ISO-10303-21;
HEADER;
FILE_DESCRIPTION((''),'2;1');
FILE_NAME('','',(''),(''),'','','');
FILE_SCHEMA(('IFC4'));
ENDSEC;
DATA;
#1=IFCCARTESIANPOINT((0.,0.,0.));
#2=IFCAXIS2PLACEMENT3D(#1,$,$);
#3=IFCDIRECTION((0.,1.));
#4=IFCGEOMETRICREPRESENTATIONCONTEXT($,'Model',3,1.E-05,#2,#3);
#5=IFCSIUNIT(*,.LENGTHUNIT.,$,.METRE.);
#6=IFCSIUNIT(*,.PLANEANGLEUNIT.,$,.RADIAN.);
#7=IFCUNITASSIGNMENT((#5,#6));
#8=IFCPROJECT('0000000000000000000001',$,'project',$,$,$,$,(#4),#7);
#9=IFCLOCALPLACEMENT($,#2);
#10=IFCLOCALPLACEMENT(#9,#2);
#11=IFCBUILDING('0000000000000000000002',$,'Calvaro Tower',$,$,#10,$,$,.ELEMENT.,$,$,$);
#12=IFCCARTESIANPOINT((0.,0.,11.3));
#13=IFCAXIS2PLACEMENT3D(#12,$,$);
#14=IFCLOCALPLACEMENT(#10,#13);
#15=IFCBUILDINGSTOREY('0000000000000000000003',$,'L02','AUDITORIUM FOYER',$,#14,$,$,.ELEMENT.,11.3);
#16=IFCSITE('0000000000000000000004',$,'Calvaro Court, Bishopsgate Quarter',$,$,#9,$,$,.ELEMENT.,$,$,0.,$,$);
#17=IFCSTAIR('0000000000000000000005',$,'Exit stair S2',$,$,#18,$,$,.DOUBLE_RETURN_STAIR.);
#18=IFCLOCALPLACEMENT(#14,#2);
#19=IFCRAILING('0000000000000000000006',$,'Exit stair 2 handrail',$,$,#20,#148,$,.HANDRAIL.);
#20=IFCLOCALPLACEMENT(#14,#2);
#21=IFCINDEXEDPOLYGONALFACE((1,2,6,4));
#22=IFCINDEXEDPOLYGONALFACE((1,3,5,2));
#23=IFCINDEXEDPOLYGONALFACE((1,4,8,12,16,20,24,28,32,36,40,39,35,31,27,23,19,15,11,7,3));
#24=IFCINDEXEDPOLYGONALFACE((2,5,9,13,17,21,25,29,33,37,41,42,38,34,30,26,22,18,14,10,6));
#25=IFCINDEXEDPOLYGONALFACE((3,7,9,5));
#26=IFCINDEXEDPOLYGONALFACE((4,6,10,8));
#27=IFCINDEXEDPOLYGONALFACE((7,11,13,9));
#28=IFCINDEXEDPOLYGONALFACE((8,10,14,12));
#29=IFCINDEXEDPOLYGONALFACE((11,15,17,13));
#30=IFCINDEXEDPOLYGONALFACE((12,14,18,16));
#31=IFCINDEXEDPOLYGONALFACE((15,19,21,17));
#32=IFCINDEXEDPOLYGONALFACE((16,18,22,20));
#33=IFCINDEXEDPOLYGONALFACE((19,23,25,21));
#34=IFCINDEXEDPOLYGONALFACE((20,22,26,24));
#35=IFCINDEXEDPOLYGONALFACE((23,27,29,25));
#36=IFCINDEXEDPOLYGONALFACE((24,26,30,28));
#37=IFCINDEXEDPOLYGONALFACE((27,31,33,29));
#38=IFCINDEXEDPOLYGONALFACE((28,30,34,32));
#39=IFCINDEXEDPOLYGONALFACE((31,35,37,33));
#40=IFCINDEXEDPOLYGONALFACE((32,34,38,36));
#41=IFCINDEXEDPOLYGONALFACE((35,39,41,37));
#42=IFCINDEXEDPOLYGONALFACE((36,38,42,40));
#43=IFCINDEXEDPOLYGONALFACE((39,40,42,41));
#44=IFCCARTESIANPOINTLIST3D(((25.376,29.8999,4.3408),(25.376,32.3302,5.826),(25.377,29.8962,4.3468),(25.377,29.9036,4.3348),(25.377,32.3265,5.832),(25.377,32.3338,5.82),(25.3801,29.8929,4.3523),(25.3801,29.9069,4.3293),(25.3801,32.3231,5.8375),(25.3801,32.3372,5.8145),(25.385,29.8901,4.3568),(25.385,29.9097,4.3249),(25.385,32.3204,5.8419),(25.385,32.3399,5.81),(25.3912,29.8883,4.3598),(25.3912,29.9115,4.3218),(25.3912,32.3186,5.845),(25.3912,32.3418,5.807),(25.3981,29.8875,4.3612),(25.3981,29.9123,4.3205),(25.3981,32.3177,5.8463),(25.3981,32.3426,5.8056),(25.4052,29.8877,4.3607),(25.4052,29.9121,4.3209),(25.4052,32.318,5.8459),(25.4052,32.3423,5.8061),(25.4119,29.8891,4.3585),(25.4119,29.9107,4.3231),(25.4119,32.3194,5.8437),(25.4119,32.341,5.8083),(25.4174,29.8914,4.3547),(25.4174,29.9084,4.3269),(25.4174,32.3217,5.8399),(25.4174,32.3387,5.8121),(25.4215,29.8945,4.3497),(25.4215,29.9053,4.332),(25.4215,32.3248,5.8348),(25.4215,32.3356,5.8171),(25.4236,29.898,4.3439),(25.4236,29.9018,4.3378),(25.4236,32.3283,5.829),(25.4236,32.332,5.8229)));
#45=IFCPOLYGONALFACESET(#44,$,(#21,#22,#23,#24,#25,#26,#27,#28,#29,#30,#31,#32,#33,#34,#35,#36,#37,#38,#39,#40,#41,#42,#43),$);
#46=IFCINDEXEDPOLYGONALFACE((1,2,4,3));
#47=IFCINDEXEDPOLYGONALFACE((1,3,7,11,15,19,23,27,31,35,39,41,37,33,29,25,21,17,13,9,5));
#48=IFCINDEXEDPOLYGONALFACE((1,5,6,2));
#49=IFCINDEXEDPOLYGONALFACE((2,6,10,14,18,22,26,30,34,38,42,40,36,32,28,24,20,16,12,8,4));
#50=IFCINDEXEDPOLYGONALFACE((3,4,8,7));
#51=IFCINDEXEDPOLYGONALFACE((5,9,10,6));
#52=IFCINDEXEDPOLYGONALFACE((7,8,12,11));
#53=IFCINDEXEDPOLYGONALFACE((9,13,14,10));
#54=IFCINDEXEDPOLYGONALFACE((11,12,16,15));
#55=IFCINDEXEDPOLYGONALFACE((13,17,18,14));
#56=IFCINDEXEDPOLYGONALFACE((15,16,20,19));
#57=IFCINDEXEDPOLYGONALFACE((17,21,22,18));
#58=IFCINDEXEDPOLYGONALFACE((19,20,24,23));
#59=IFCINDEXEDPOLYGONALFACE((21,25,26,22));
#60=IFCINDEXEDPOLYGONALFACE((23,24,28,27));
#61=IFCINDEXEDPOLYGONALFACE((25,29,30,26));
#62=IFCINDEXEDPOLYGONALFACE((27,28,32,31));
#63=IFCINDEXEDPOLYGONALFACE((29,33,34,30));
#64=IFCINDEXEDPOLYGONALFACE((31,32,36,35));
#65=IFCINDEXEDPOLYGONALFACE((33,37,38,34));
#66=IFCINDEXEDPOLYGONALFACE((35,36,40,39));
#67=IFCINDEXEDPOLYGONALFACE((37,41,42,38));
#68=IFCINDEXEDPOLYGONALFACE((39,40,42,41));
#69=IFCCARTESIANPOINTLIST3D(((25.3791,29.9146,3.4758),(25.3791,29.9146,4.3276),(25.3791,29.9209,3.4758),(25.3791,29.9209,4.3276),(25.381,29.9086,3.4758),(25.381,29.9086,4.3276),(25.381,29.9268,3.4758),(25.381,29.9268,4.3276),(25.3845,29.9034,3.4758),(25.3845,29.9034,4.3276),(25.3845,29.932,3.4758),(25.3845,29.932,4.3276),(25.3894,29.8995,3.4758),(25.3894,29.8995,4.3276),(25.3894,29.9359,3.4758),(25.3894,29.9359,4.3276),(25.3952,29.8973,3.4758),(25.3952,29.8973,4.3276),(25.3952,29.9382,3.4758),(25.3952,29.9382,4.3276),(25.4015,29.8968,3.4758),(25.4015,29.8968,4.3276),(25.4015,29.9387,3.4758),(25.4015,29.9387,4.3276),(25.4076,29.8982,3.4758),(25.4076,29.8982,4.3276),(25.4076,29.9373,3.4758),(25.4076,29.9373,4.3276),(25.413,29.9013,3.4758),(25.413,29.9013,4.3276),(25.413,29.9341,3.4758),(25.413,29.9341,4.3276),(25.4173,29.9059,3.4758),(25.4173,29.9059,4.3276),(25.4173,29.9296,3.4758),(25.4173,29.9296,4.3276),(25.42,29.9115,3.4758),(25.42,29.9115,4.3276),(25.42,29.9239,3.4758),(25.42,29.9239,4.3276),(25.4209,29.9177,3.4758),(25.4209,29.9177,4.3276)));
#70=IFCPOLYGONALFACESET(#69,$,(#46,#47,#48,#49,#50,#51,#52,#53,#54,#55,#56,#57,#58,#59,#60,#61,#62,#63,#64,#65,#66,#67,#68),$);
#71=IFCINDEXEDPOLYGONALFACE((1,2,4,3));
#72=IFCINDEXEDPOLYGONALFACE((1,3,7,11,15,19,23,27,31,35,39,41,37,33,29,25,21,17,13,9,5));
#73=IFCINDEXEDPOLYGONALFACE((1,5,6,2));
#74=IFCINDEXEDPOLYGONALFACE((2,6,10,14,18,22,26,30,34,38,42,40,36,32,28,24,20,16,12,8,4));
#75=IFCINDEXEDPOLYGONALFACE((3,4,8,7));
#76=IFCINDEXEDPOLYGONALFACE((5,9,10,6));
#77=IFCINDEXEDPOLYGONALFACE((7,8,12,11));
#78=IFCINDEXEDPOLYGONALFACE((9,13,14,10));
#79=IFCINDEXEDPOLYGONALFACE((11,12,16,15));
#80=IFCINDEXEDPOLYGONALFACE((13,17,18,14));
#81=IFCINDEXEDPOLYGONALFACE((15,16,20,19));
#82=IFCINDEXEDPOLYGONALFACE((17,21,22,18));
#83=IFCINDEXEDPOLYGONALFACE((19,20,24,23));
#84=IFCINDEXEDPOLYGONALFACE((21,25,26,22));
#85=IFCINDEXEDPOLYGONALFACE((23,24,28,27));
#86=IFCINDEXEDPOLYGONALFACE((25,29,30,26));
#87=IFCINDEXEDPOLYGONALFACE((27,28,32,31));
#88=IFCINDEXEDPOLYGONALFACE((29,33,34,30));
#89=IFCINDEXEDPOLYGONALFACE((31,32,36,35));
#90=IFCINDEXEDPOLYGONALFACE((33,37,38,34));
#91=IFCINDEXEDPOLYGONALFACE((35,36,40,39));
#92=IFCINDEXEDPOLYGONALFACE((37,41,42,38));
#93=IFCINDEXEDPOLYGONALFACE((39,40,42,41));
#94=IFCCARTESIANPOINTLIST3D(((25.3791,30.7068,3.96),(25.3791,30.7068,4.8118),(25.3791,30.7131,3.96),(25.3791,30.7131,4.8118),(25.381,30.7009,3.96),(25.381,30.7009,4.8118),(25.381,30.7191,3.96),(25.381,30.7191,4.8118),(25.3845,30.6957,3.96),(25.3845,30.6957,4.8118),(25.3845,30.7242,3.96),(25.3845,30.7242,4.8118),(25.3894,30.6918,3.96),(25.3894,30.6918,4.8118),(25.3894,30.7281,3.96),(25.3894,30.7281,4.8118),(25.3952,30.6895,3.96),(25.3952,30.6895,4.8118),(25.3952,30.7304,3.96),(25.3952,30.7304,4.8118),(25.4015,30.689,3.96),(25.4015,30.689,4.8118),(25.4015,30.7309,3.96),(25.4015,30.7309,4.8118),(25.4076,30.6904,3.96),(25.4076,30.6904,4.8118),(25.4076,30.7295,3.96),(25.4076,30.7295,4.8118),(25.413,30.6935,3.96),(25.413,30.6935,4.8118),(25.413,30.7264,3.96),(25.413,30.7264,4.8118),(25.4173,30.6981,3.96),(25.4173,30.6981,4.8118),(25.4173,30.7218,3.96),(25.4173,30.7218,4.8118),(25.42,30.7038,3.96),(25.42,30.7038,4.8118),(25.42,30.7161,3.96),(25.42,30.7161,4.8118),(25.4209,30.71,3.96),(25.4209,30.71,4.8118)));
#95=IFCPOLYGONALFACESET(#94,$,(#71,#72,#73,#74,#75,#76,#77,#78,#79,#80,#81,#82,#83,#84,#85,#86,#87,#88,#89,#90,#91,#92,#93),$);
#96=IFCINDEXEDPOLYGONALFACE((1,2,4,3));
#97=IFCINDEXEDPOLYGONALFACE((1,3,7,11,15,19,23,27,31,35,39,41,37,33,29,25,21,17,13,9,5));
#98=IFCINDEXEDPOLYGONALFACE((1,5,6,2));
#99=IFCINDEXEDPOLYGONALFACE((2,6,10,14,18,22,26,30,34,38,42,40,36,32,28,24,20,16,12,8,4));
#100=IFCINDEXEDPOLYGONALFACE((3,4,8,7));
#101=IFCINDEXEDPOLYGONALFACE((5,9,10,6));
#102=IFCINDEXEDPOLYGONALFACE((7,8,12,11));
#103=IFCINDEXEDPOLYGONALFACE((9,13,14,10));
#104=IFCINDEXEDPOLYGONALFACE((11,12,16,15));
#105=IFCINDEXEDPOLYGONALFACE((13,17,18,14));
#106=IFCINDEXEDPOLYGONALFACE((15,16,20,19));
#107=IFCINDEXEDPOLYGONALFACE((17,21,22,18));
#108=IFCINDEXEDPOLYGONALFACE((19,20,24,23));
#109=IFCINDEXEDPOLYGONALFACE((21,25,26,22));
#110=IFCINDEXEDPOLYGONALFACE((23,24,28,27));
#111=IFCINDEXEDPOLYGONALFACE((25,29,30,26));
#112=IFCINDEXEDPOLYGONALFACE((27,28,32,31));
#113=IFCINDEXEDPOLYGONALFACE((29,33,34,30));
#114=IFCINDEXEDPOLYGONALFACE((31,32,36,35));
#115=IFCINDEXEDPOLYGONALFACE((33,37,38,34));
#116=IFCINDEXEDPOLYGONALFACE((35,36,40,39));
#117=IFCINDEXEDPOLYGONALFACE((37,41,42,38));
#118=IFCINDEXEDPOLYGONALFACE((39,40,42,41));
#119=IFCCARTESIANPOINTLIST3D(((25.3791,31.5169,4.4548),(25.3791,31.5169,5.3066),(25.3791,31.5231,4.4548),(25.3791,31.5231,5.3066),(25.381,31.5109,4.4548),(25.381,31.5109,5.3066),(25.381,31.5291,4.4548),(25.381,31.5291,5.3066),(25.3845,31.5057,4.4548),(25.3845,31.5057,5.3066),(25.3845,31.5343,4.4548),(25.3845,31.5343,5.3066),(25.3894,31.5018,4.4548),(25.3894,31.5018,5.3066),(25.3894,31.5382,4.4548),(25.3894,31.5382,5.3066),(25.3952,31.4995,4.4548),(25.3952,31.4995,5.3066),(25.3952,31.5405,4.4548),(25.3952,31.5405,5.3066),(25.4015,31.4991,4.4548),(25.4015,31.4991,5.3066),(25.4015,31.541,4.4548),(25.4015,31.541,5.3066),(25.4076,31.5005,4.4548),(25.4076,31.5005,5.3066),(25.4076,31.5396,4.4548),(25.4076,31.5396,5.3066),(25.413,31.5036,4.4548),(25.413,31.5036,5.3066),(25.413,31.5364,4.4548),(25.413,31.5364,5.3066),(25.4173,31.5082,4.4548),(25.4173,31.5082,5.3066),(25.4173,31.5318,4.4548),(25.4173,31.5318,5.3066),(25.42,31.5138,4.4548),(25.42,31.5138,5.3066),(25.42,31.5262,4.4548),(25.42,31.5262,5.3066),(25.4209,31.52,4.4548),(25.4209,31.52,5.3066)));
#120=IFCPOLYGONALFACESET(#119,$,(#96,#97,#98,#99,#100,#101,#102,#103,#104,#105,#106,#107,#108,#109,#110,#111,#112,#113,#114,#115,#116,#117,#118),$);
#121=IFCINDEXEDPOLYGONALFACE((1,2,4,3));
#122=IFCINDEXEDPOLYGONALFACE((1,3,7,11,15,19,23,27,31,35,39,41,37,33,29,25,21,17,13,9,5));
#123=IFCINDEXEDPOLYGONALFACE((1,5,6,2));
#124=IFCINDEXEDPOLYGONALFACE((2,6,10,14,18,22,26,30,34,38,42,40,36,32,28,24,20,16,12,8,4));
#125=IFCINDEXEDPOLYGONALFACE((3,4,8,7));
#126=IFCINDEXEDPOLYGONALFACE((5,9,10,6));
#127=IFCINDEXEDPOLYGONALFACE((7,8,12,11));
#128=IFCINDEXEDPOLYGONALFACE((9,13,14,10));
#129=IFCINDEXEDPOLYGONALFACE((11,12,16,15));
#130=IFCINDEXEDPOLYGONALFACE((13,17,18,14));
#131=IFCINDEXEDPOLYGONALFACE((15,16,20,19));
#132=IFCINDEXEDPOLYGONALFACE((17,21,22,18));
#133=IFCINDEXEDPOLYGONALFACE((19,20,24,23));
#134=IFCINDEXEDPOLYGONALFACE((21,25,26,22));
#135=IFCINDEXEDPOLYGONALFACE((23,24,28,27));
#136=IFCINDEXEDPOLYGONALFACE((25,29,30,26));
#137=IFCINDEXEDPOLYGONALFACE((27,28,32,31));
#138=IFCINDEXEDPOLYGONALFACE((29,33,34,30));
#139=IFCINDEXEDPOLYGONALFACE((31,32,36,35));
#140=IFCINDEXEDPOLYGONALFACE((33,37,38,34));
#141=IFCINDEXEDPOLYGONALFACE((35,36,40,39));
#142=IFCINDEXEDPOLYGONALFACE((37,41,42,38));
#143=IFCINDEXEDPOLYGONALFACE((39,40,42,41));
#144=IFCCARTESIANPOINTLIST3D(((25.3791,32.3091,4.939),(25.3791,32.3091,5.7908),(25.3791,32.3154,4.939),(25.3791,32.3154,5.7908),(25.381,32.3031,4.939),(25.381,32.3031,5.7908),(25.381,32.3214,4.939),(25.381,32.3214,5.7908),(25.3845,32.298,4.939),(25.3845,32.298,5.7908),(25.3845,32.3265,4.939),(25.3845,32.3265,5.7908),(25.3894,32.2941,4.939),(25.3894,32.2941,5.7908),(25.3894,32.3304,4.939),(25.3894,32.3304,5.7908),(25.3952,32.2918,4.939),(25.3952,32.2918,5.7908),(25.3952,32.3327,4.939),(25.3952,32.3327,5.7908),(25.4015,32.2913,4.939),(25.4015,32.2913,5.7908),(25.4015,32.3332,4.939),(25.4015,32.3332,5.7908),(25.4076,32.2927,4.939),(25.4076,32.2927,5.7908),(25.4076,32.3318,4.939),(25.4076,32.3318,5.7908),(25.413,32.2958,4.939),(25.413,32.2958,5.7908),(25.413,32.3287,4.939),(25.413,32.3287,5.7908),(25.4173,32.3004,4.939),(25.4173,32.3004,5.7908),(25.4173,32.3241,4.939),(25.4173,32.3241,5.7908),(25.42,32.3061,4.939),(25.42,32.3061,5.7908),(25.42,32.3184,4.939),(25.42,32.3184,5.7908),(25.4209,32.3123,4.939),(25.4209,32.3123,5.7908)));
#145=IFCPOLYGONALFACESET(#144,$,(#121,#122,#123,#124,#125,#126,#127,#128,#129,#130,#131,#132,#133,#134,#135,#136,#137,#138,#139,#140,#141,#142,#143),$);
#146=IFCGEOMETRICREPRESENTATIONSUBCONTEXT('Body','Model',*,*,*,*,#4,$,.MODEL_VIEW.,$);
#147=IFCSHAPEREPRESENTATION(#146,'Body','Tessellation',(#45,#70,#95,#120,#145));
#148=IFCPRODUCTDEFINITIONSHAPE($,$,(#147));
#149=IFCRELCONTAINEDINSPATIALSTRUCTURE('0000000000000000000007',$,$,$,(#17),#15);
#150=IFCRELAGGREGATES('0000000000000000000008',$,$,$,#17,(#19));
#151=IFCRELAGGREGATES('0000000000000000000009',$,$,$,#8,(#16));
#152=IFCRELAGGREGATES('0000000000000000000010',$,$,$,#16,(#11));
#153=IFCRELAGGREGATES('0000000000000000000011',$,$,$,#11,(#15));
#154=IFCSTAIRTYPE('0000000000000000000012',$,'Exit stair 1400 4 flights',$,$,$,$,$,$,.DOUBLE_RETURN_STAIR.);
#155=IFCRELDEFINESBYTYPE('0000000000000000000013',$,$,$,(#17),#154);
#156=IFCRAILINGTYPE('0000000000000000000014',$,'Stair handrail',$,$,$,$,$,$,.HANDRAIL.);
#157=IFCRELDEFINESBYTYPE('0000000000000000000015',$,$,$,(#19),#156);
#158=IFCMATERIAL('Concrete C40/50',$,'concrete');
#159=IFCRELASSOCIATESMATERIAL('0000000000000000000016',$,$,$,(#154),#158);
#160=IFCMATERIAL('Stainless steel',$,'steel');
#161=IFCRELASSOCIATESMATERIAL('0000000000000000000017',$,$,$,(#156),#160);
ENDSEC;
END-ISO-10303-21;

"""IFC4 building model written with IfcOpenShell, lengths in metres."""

from ifc_helpers import new_model, si_unit, direction, frame, origin, origin_2d, place, context, subcontext, project, spatial, circle, extrude, material, type_object, element, aggregate, save


model = new_model("IFC4")

# Units and contexts
model_context = context("Model", 3, precision=1e-05, world=origin(), true_north=direction((0.0, 1.0)))
body_context = subcontext(model_context, "Body", "Model", "MODEL_VIEW")
ifc_project = project(units=[si_unit("LENGTHUNIT", "METRE"), si_unit("PLANEANGLEUNIT", "RADIAN")], contexts=[model_context])

# Site, building, storey
site_placement = place(None, origin())
site = spatial("IfcSite", under=ifc_project, at=site_placement, Name="Calvaro Court, Bishopsgate Quarter", CompositionType="ELEMENT", RefElevation=0.0)
building_placement = place(site_placement, origin())
building = spatial("IfcBuilding", under=site, at=building_placement, Name="Calvaro Tower", CompositionType="ELEMENT")
storey_placement = place(building_placement, frame((0.0, 0.0, 11.3)))
storey = spatial("IfcBuildingStorey", under=building, at=storey_placement, Name="L02", Description="AUDITORIUM FOYER", CompositionType="ELEMENT", Elevation=11.3)

# Stair, railing
ifc_material_1 = material(Name="Concrete C40/50", Category="concrete")
stair_type = type_object("IfcStairType", Name="Exit stair 1400 4 flights", PredefinedType="DOUBLE_RETURN_STAIR", material=ifc_material_1)
stair_placement = place(storey_placement, origin())
stair = element("IfcStair", 1, at=stair_placement, inside=storey, type_object=stair_type, Name="Exit stair S2", PredefinedType="DOUBLE_RETURN_STAIR")
ifc_material_2 = material(Name="Stainless steel", Category="steel")
railing_type = type_object("IfcRailingType", Name="Stair handrail", PredefinedType="HANDRAIL", material=ifc_material_2)
railing_1_placement = place(storey_placement, frame((25.3999, 29.8999, 3.4648)))
railing_1 = element("IfcRailing", 2, at=railing_1_placement, type_object=railing_type, Name="Exit stair 2 handrail", PredefinedType="HANDRAIL", context=body_context, shape_type="SweptSolid", body=[
    extrude(circle(Radius=0.0239, at=origin_2d()), frame((0.0, 0.0, 0.876), z_axis=(0.0, 0.853282, 0.52145), x_axis=(-1.0, 0.0, 0.0)), (0.0, 0.0, 1.0), 2.8481),
    extrude(circle(Radius=0.021, at=origin_2d()), frame((0.0, 0.0178, 0.011)), (0.0, 0.0, 1.0), 0.8518),
    extrude(circle(Radius=0.021, at=origin_2d()), frame((0.0, 0.8101, 0.4951)), (0.0, 0.0, 1.0), 0.8518),
    extrude(circle(Radius=0.021, at=origin_2d()), frame((0.0, 1.6201, 0.99)), (0.0, 0.0, 1.0), 0.8518),
    extrude(circle(Radius=0.021, at=origin_2d()), frame((0.0, 2.4124, 1.4741)), (0.0, 0.0, 1.0), 0.8518),
])
aggregate(stair, [railing_1])

save(model, "model.ifc")
